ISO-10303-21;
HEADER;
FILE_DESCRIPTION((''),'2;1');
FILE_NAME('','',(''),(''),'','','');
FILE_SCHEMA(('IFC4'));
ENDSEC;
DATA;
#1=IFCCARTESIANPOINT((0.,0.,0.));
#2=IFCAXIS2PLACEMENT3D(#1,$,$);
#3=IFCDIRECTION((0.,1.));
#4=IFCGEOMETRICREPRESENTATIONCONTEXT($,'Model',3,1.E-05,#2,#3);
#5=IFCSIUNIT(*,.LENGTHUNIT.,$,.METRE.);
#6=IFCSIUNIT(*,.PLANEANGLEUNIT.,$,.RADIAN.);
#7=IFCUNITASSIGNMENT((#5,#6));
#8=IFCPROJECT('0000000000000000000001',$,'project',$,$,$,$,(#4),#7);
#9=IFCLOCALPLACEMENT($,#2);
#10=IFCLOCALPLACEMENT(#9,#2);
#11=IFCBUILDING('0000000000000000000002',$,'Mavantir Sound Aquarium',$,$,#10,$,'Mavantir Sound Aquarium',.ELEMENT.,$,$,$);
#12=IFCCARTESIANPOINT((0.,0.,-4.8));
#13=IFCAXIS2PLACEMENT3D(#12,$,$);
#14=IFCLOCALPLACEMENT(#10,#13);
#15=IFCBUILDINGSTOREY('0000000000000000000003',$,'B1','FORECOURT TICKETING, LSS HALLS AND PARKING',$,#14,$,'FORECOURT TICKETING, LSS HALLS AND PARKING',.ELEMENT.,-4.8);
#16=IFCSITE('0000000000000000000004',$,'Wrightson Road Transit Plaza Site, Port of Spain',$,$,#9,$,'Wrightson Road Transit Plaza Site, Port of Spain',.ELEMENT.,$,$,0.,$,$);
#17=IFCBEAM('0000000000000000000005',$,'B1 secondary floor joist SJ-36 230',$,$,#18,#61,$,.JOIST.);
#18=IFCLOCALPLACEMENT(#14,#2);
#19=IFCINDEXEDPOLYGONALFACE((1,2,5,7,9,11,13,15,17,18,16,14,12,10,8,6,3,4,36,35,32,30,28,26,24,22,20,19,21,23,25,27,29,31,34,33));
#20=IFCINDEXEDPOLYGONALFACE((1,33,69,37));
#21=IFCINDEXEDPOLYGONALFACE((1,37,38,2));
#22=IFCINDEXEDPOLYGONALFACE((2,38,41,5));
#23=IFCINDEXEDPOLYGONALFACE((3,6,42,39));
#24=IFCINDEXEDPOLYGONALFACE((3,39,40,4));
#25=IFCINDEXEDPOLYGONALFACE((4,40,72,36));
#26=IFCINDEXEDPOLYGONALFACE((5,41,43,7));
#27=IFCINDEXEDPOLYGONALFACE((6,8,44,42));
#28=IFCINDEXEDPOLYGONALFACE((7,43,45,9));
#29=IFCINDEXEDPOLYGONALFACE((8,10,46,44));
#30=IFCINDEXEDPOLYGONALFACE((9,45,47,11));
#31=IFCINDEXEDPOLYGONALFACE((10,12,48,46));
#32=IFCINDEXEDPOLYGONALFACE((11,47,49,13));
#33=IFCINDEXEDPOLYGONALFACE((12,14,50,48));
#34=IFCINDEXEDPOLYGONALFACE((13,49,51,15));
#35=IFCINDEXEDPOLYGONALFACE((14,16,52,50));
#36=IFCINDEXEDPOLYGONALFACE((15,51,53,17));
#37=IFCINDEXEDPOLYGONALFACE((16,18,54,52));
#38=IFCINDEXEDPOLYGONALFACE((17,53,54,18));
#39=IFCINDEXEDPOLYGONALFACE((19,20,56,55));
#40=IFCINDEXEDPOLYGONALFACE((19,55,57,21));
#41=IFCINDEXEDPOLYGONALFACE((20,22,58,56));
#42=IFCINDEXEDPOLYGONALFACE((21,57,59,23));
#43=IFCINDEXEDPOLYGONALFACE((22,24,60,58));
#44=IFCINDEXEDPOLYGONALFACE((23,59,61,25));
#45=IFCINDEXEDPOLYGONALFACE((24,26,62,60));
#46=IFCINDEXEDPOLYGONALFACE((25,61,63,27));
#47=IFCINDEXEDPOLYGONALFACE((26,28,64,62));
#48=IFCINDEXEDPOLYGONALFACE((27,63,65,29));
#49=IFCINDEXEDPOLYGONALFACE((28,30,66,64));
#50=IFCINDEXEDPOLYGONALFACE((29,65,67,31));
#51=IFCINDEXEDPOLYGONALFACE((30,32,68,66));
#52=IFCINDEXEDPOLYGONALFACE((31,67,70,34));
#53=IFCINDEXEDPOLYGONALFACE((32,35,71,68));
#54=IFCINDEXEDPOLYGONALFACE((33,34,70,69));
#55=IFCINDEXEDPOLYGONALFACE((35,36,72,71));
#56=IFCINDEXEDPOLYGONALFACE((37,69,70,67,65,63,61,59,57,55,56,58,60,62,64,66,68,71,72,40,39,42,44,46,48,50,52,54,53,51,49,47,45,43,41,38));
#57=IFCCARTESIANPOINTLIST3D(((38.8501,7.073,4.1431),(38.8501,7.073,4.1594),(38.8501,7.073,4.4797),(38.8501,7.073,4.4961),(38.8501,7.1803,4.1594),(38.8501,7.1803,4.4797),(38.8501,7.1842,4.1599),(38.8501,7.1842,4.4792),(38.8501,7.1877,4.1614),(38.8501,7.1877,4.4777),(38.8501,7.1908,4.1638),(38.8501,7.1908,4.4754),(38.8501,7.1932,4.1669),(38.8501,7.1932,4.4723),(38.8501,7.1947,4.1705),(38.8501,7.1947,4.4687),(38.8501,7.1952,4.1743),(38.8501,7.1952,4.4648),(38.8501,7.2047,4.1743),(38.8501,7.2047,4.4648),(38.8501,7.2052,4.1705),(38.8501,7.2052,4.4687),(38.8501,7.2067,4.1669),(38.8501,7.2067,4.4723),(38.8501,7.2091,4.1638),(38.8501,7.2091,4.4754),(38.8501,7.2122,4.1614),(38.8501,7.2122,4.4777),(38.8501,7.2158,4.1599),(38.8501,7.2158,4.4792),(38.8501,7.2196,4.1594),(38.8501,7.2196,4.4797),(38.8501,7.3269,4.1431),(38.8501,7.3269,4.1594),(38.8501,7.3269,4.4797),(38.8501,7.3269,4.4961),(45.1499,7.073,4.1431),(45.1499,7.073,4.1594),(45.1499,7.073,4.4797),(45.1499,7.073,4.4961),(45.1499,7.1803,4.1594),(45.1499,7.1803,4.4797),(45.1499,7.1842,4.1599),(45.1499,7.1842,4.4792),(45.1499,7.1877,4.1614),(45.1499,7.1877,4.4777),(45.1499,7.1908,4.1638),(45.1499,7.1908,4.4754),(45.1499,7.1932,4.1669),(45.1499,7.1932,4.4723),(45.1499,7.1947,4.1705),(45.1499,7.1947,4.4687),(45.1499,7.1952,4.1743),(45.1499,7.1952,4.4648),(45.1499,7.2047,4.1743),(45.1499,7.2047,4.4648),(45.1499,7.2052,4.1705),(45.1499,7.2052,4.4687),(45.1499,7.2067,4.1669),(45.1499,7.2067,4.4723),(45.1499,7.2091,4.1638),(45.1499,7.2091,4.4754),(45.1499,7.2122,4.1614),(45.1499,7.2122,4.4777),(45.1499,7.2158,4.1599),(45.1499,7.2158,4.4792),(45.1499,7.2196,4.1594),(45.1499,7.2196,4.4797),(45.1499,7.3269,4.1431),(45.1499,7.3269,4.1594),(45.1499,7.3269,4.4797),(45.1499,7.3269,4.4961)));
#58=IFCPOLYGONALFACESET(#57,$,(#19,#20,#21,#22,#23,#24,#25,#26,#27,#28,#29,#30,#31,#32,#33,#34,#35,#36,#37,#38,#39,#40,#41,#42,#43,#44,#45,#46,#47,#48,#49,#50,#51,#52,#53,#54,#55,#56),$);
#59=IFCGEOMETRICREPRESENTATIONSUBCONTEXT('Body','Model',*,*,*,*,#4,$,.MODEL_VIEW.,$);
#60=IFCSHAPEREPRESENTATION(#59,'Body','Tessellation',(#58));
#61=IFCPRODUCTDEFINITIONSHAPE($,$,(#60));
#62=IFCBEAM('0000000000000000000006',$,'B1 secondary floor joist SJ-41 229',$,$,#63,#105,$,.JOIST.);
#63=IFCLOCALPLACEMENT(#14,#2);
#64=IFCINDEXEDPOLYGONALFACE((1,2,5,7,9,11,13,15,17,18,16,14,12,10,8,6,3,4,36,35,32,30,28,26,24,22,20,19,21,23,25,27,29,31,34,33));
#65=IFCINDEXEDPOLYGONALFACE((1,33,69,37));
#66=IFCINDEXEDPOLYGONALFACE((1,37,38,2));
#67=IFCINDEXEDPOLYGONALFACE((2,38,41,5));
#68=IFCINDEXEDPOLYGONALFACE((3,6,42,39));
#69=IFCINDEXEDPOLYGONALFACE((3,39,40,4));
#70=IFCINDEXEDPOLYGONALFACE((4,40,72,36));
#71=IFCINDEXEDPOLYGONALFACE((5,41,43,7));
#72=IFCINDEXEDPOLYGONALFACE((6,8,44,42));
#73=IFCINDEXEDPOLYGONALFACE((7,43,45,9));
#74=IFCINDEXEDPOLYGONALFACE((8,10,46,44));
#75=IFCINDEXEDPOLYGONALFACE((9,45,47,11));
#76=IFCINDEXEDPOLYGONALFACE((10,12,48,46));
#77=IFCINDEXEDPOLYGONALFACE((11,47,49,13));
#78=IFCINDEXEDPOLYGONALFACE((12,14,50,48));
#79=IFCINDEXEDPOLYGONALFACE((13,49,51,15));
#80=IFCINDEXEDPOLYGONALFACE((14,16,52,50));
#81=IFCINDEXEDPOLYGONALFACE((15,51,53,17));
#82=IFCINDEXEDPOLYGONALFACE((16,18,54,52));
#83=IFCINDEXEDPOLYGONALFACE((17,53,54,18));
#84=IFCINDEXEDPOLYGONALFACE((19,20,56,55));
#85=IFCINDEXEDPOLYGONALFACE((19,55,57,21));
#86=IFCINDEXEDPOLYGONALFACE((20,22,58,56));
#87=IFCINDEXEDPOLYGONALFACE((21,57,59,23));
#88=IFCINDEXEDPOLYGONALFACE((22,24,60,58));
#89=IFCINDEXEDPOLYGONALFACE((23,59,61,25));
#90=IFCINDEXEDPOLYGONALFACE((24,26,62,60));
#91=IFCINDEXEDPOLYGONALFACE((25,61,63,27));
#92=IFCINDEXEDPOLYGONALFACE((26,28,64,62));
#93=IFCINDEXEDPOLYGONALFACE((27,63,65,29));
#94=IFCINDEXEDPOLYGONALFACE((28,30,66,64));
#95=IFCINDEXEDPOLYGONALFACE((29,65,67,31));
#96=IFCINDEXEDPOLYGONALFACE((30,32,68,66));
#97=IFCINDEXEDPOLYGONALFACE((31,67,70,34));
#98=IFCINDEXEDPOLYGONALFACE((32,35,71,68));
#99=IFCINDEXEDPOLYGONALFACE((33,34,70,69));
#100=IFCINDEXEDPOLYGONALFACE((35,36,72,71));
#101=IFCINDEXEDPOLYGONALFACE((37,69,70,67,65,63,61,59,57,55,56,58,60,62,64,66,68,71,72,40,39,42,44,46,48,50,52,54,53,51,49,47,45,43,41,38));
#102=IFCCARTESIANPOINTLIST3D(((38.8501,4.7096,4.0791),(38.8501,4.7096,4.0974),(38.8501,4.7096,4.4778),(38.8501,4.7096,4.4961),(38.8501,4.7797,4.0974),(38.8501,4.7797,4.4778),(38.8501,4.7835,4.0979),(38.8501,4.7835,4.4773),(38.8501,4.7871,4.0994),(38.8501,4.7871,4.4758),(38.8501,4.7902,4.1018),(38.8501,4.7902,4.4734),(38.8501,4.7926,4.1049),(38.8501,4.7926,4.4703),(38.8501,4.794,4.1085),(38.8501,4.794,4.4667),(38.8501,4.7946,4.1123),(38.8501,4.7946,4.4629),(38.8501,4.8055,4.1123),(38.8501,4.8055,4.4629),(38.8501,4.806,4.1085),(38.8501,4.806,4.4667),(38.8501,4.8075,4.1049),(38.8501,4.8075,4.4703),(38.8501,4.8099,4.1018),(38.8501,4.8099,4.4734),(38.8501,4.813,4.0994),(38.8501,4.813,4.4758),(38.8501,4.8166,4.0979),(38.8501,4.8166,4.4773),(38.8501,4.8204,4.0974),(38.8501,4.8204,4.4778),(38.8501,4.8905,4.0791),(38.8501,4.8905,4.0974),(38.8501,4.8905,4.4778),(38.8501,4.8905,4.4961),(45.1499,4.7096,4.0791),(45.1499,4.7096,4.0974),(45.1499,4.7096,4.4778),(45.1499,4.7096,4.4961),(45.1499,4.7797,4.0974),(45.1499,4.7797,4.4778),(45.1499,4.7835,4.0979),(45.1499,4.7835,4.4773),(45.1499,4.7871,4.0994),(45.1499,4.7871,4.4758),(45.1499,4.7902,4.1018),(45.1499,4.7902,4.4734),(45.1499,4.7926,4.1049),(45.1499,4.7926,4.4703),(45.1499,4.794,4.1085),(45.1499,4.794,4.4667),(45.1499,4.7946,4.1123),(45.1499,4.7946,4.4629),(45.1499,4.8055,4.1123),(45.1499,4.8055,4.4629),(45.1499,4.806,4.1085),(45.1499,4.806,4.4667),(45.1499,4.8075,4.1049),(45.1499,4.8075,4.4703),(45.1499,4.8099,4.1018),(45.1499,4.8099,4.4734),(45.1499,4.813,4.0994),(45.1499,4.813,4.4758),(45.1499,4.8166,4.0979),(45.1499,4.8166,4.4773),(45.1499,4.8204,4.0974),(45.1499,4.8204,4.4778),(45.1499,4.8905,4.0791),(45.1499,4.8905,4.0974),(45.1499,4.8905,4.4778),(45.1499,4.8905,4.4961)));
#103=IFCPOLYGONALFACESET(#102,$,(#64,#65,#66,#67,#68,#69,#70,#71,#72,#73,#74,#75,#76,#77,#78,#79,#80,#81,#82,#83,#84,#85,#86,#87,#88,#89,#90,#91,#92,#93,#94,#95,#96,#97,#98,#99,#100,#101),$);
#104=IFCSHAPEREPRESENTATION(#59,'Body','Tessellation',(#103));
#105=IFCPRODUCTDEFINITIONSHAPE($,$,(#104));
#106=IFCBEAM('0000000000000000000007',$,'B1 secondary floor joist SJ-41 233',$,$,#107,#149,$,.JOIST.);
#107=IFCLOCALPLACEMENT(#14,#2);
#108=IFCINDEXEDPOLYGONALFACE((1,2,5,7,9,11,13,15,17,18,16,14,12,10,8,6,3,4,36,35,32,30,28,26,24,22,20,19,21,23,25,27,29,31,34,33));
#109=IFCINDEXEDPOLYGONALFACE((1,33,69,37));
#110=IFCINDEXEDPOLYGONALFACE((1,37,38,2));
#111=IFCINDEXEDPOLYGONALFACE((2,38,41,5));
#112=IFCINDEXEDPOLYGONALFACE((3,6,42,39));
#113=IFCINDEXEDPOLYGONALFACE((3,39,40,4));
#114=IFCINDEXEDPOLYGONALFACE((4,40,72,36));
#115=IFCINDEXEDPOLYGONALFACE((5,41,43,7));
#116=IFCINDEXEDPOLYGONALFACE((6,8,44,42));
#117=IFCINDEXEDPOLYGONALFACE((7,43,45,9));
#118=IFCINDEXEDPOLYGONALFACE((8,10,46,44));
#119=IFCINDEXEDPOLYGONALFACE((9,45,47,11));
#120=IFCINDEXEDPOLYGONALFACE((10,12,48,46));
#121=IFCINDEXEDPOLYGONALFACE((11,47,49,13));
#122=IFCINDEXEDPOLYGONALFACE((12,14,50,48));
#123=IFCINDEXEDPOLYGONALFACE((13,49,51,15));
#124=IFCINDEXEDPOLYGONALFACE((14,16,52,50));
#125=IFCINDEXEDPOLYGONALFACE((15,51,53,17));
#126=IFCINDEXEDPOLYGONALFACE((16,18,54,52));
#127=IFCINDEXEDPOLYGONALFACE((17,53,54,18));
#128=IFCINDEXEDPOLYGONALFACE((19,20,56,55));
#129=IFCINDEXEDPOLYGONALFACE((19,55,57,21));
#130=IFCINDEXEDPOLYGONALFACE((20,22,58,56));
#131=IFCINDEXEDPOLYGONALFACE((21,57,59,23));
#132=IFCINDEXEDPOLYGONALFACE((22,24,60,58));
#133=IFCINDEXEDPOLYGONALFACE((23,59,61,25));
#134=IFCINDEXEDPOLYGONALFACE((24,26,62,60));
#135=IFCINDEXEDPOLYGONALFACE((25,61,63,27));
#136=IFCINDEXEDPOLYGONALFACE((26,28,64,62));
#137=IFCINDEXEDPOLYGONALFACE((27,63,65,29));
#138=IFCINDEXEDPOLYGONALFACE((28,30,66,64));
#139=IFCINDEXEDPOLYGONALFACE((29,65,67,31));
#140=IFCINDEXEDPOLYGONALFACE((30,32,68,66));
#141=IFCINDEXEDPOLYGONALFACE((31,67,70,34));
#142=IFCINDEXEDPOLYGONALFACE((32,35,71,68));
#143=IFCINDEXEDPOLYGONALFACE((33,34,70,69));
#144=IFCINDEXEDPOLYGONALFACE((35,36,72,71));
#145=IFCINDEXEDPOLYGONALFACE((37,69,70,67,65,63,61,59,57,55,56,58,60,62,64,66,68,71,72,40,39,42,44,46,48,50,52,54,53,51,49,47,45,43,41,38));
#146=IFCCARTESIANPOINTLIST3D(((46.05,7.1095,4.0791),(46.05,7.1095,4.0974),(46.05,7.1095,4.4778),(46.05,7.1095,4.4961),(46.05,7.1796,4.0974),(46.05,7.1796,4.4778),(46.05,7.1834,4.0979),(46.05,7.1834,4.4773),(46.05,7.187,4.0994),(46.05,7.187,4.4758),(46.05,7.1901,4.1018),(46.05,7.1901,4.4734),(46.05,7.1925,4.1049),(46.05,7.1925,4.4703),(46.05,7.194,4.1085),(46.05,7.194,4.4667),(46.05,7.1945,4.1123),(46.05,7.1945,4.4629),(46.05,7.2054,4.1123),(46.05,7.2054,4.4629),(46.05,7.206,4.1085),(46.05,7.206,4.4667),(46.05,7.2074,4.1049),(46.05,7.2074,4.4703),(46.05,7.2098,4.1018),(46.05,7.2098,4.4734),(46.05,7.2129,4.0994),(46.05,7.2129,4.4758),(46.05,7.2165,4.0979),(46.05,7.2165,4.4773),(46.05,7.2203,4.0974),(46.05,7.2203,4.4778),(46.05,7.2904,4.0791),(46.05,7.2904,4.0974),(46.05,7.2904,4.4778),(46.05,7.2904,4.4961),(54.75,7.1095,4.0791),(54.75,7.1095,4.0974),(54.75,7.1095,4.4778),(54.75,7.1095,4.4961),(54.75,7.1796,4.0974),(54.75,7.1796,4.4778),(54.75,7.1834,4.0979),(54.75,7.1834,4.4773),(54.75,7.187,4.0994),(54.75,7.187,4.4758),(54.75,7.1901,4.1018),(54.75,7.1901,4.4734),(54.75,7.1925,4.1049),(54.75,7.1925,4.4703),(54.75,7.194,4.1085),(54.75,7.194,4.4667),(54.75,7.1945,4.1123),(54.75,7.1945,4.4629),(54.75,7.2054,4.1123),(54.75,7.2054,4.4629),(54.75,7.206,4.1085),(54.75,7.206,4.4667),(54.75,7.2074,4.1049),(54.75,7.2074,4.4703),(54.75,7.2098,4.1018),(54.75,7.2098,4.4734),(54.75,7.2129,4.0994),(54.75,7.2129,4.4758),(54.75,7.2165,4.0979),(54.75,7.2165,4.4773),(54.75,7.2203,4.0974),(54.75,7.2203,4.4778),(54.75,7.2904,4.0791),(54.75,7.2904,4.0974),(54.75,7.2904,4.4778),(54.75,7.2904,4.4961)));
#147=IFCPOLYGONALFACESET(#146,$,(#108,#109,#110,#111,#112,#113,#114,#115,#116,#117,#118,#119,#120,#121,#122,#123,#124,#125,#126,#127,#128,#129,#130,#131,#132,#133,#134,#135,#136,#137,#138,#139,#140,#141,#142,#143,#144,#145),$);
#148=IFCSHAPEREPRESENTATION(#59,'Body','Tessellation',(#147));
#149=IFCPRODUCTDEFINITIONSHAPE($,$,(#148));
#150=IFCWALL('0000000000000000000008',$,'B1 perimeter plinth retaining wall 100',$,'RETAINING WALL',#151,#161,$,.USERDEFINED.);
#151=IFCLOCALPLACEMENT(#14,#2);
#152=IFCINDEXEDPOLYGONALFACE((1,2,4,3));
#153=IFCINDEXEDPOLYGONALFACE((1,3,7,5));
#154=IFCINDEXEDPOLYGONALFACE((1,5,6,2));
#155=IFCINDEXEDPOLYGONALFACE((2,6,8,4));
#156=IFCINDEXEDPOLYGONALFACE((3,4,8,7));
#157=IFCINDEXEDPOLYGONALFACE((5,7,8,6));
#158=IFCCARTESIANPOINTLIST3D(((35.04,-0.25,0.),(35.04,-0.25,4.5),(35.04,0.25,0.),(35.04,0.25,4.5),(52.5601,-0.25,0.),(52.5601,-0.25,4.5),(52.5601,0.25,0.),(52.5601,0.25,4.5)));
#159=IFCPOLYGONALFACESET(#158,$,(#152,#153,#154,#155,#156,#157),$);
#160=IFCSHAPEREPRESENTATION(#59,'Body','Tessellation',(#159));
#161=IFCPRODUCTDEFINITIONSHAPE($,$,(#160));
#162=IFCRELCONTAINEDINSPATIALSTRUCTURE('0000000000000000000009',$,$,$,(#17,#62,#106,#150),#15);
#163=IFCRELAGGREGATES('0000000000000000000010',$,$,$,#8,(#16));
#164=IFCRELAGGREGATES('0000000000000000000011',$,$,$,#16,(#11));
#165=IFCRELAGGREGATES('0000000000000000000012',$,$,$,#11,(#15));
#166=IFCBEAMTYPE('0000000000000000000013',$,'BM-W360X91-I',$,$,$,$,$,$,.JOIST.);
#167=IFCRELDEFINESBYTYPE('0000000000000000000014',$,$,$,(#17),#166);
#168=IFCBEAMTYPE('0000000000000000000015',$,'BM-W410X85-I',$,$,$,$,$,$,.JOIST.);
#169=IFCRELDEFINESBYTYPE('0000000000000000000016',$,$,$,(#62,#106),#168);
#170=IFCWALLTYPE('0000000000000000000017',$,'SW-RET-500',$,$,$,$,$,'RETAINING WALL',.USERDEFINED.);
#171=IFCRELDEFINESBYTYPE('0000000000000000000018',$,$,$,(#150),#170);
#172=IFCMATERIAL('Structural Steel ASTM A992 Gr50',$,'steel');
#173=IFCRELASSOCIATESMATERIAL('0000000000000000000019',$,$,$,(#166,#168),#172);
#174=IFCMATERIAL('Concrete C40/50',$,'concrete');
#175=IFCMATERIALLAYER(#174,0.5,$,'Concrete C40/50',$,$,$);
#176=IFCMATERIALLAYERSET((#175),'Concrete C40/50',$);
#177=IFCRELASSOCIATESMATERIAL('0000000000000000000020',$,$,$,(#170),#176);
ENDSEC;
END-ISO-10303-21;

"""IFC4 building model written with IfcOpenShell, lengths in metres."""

from ifc_helpers import new_model, si_unit, direction, frame, frame_2d, origin, origin_2d, place, context, subcontext, project, spatial, rectangle, i_section, extrude, material, layer, layer_set, material_profile, profile_set, type_object, element, save


model = new_model("IFC4")

# Units and contexts
model_context = context("Model", 3, precision=1e-05, world=origin(), true_north=direction((0.0, 1.0)))
body_context = subcontext(model_context, "Body", "Model", "MODEL_VIEW")
ifc_project = project(units=[si_unit("LENGTHUNIT", "METRE"), si_unit("PLANEANGLEUNIT", "RADIAN")], contexts=[model_context])

# Site, building, storey
site_placement = place(None, origin())
site = spatial("IfcSite", under=ifc_project, at=site_placement, Name="Wrightson Road Transit Plaza Site, Port of Spain", LongName="Wrightson Road Transit Plaza Site, Port of Spain", CompositionType="ELEMENT", RefElevation=0.0)
building_placement = place(site_placement, origin())
building = spatial("IfcBuilding", under=site, at=building_placement, Name="Mavantir Sound Aquarium", LongName="Mavantir Sound Aquarium", CompositionType="ELEMENT")
storey_placement = place(building_placement, frame((0.0, 0.0, -4.8)))
storey = spatial("IfcBuildingStorey", under=building, at=storey_placement, Name="B1", Description="FORECOURT TICKETING, LSS HALLS AND PARKING", LongName="FORECOURT TICKETING, LSS HALLS AND PARKING", CompositionType="ELEMENT", Elevation=-4.8)

# Shared definitions
ifc_material_1 = material(Name="Concrete C40/50", Category="concrete")

# Beams
ifc_material_2 = material(Name="Structural Steel ASTM A992 Gr50", Category="steel")
ifc_material_profile_1 = material_profile(ifc_material_2, i_section(OverallWidth=0.2539, OverallDepth=0.353, WebThickness=0.0095, FlangeThickness=0.0164, FilletRadius=0.0149, at=origin_2d()), Name="W360X91")
ifc_profile_set_1 = profile_set([ifc_material_profile_1], Name="Structural Steel ASTM A992 Gr50")
beam_type_1 = type_object("IfcBeamType", Name="BM-W360X91-I", PredefinedType="JOIST", material=ifc_profile_set_1)
beam_1_placement = place(storey_placement, frame((38.8501, 7.2, 4.3196), z_axis=(1.0, 0.0, 0.0), x_axis=(0.0, 1.0, 0.0)))
element("IfcBeam", 1, at=beam_1_placement, inside=storey, type_object=beam_type_1, Name="B1 secondary floor joist SJ-36 230", PredefinedType="JOIST", context=body_context, shape_type="SweptSolid", body=[
    extrude(i_section(OverallWidth=0.2539, OverallDepth=0.353, WebThickness=0.0095, FlangeThickness=0.0164, FilletRadius=0.0149, at=origin_2d()), origin(), (0.0, 0.0, 1.0), 6.2998),
])
ifc_material_profile_2 = material_profile(ifc_material_2, i_section(OverallWidth=0.1809, OverallDepth=0.417, WebThickness=0.011, FlangeThickness=0.0183, FilletRadius=0.0149, at=origin_2d()), Name="W410X85")
ifc_profile_set_2 = profile_set([ifc_material_profile_2], Name="Structural Steel ASTM A992 Gr50")
beam_type_2 = type_object("IfcBeamType", Name="BM-W410X85-I", PredefinedType="JOIST", material=ifc_profile_set_2)
beam_2_placement = place(storey_placement, frame((38.8501, 4.8, 4.2876), z_axis=(1.0, 0.0, 0.0), x_axis=(0.0, 1.0, 0.0)))
element("IfcBeam", 2, at=beam_2_placement, inside=storey, type_object=beam_type_2, Name="B1 secondary floor joist SJ-41 229", PredefinedType="JOIST", context=body_context, shape_type="SweptSolid", body=[
    extrude(i_section(OverallWidth=0.1809, OverallDepth=0.417, WebThickness=0.011, FlangeThickness=0.0183, FilletRadius=0.0149, at=origin_2d()), origin(), (0.0, 0.0, 1.0), 6.2998),
])
beam_3_placement = place(storey_placement, frame((46.05, 7.2, 4.2876), z_axis=(1.0, 0.0, 0.0), x_axis=(0.0, 1.0, 0.0)))
element("IfcBeam", 3, at=beam_3_placement, inside=storey, type_object=beam_type_2, Name="B1 secondary floor joist SJ-41 233", PredefinedType="JOIST", context=body_context, shape_type="SweptSolid", body=[
    extrude(i_section(OverallWidth=0.1809, OverallDepth=0.417, WebThickness=0.011, FlangeThickness=0.0183, FilletRadius=0.0149, at=origin_2d()), origin(), (0.0, 0.0, 1.0), 8.7),
])

# Wall
ifc_layer = layer(ifc_material_1, 0.5, Name="Concrete C40/50")
ifc_layer_set = layer_set([ifc_layer], Name="Concrete C40/50")
wall_type = type_object("IfcWallType", Name="SW-RET-500", ElementType="RETAINING WALL", PredefinedType="USERDEFINED", material=ifc_layer_set)
wall_placement = place(storey_placement, frame((52.5601, 0.0, 0.0), z_axis=(0.0, 0.0, 1.0), x_axis=(-1.0, 0.0, 0.0)))
element("IfcWall", 4, at=wall_placement, inside=storey, type_object=wall_type, Name="B1 perimeter plinth retaining wall 100", ObjectType="RETAINING WALL", PredefinedType="USERDEFINED", context=body_context, shape_type="SweptSolid", body=[
    extrude(rectangle(XDim=17.52, YDim=0.5, at=frame_2d((8.76, 0.0))), origin(), (0.0, 0.0, 1.0), 4.5),
])

save(model, "model.ifc")
